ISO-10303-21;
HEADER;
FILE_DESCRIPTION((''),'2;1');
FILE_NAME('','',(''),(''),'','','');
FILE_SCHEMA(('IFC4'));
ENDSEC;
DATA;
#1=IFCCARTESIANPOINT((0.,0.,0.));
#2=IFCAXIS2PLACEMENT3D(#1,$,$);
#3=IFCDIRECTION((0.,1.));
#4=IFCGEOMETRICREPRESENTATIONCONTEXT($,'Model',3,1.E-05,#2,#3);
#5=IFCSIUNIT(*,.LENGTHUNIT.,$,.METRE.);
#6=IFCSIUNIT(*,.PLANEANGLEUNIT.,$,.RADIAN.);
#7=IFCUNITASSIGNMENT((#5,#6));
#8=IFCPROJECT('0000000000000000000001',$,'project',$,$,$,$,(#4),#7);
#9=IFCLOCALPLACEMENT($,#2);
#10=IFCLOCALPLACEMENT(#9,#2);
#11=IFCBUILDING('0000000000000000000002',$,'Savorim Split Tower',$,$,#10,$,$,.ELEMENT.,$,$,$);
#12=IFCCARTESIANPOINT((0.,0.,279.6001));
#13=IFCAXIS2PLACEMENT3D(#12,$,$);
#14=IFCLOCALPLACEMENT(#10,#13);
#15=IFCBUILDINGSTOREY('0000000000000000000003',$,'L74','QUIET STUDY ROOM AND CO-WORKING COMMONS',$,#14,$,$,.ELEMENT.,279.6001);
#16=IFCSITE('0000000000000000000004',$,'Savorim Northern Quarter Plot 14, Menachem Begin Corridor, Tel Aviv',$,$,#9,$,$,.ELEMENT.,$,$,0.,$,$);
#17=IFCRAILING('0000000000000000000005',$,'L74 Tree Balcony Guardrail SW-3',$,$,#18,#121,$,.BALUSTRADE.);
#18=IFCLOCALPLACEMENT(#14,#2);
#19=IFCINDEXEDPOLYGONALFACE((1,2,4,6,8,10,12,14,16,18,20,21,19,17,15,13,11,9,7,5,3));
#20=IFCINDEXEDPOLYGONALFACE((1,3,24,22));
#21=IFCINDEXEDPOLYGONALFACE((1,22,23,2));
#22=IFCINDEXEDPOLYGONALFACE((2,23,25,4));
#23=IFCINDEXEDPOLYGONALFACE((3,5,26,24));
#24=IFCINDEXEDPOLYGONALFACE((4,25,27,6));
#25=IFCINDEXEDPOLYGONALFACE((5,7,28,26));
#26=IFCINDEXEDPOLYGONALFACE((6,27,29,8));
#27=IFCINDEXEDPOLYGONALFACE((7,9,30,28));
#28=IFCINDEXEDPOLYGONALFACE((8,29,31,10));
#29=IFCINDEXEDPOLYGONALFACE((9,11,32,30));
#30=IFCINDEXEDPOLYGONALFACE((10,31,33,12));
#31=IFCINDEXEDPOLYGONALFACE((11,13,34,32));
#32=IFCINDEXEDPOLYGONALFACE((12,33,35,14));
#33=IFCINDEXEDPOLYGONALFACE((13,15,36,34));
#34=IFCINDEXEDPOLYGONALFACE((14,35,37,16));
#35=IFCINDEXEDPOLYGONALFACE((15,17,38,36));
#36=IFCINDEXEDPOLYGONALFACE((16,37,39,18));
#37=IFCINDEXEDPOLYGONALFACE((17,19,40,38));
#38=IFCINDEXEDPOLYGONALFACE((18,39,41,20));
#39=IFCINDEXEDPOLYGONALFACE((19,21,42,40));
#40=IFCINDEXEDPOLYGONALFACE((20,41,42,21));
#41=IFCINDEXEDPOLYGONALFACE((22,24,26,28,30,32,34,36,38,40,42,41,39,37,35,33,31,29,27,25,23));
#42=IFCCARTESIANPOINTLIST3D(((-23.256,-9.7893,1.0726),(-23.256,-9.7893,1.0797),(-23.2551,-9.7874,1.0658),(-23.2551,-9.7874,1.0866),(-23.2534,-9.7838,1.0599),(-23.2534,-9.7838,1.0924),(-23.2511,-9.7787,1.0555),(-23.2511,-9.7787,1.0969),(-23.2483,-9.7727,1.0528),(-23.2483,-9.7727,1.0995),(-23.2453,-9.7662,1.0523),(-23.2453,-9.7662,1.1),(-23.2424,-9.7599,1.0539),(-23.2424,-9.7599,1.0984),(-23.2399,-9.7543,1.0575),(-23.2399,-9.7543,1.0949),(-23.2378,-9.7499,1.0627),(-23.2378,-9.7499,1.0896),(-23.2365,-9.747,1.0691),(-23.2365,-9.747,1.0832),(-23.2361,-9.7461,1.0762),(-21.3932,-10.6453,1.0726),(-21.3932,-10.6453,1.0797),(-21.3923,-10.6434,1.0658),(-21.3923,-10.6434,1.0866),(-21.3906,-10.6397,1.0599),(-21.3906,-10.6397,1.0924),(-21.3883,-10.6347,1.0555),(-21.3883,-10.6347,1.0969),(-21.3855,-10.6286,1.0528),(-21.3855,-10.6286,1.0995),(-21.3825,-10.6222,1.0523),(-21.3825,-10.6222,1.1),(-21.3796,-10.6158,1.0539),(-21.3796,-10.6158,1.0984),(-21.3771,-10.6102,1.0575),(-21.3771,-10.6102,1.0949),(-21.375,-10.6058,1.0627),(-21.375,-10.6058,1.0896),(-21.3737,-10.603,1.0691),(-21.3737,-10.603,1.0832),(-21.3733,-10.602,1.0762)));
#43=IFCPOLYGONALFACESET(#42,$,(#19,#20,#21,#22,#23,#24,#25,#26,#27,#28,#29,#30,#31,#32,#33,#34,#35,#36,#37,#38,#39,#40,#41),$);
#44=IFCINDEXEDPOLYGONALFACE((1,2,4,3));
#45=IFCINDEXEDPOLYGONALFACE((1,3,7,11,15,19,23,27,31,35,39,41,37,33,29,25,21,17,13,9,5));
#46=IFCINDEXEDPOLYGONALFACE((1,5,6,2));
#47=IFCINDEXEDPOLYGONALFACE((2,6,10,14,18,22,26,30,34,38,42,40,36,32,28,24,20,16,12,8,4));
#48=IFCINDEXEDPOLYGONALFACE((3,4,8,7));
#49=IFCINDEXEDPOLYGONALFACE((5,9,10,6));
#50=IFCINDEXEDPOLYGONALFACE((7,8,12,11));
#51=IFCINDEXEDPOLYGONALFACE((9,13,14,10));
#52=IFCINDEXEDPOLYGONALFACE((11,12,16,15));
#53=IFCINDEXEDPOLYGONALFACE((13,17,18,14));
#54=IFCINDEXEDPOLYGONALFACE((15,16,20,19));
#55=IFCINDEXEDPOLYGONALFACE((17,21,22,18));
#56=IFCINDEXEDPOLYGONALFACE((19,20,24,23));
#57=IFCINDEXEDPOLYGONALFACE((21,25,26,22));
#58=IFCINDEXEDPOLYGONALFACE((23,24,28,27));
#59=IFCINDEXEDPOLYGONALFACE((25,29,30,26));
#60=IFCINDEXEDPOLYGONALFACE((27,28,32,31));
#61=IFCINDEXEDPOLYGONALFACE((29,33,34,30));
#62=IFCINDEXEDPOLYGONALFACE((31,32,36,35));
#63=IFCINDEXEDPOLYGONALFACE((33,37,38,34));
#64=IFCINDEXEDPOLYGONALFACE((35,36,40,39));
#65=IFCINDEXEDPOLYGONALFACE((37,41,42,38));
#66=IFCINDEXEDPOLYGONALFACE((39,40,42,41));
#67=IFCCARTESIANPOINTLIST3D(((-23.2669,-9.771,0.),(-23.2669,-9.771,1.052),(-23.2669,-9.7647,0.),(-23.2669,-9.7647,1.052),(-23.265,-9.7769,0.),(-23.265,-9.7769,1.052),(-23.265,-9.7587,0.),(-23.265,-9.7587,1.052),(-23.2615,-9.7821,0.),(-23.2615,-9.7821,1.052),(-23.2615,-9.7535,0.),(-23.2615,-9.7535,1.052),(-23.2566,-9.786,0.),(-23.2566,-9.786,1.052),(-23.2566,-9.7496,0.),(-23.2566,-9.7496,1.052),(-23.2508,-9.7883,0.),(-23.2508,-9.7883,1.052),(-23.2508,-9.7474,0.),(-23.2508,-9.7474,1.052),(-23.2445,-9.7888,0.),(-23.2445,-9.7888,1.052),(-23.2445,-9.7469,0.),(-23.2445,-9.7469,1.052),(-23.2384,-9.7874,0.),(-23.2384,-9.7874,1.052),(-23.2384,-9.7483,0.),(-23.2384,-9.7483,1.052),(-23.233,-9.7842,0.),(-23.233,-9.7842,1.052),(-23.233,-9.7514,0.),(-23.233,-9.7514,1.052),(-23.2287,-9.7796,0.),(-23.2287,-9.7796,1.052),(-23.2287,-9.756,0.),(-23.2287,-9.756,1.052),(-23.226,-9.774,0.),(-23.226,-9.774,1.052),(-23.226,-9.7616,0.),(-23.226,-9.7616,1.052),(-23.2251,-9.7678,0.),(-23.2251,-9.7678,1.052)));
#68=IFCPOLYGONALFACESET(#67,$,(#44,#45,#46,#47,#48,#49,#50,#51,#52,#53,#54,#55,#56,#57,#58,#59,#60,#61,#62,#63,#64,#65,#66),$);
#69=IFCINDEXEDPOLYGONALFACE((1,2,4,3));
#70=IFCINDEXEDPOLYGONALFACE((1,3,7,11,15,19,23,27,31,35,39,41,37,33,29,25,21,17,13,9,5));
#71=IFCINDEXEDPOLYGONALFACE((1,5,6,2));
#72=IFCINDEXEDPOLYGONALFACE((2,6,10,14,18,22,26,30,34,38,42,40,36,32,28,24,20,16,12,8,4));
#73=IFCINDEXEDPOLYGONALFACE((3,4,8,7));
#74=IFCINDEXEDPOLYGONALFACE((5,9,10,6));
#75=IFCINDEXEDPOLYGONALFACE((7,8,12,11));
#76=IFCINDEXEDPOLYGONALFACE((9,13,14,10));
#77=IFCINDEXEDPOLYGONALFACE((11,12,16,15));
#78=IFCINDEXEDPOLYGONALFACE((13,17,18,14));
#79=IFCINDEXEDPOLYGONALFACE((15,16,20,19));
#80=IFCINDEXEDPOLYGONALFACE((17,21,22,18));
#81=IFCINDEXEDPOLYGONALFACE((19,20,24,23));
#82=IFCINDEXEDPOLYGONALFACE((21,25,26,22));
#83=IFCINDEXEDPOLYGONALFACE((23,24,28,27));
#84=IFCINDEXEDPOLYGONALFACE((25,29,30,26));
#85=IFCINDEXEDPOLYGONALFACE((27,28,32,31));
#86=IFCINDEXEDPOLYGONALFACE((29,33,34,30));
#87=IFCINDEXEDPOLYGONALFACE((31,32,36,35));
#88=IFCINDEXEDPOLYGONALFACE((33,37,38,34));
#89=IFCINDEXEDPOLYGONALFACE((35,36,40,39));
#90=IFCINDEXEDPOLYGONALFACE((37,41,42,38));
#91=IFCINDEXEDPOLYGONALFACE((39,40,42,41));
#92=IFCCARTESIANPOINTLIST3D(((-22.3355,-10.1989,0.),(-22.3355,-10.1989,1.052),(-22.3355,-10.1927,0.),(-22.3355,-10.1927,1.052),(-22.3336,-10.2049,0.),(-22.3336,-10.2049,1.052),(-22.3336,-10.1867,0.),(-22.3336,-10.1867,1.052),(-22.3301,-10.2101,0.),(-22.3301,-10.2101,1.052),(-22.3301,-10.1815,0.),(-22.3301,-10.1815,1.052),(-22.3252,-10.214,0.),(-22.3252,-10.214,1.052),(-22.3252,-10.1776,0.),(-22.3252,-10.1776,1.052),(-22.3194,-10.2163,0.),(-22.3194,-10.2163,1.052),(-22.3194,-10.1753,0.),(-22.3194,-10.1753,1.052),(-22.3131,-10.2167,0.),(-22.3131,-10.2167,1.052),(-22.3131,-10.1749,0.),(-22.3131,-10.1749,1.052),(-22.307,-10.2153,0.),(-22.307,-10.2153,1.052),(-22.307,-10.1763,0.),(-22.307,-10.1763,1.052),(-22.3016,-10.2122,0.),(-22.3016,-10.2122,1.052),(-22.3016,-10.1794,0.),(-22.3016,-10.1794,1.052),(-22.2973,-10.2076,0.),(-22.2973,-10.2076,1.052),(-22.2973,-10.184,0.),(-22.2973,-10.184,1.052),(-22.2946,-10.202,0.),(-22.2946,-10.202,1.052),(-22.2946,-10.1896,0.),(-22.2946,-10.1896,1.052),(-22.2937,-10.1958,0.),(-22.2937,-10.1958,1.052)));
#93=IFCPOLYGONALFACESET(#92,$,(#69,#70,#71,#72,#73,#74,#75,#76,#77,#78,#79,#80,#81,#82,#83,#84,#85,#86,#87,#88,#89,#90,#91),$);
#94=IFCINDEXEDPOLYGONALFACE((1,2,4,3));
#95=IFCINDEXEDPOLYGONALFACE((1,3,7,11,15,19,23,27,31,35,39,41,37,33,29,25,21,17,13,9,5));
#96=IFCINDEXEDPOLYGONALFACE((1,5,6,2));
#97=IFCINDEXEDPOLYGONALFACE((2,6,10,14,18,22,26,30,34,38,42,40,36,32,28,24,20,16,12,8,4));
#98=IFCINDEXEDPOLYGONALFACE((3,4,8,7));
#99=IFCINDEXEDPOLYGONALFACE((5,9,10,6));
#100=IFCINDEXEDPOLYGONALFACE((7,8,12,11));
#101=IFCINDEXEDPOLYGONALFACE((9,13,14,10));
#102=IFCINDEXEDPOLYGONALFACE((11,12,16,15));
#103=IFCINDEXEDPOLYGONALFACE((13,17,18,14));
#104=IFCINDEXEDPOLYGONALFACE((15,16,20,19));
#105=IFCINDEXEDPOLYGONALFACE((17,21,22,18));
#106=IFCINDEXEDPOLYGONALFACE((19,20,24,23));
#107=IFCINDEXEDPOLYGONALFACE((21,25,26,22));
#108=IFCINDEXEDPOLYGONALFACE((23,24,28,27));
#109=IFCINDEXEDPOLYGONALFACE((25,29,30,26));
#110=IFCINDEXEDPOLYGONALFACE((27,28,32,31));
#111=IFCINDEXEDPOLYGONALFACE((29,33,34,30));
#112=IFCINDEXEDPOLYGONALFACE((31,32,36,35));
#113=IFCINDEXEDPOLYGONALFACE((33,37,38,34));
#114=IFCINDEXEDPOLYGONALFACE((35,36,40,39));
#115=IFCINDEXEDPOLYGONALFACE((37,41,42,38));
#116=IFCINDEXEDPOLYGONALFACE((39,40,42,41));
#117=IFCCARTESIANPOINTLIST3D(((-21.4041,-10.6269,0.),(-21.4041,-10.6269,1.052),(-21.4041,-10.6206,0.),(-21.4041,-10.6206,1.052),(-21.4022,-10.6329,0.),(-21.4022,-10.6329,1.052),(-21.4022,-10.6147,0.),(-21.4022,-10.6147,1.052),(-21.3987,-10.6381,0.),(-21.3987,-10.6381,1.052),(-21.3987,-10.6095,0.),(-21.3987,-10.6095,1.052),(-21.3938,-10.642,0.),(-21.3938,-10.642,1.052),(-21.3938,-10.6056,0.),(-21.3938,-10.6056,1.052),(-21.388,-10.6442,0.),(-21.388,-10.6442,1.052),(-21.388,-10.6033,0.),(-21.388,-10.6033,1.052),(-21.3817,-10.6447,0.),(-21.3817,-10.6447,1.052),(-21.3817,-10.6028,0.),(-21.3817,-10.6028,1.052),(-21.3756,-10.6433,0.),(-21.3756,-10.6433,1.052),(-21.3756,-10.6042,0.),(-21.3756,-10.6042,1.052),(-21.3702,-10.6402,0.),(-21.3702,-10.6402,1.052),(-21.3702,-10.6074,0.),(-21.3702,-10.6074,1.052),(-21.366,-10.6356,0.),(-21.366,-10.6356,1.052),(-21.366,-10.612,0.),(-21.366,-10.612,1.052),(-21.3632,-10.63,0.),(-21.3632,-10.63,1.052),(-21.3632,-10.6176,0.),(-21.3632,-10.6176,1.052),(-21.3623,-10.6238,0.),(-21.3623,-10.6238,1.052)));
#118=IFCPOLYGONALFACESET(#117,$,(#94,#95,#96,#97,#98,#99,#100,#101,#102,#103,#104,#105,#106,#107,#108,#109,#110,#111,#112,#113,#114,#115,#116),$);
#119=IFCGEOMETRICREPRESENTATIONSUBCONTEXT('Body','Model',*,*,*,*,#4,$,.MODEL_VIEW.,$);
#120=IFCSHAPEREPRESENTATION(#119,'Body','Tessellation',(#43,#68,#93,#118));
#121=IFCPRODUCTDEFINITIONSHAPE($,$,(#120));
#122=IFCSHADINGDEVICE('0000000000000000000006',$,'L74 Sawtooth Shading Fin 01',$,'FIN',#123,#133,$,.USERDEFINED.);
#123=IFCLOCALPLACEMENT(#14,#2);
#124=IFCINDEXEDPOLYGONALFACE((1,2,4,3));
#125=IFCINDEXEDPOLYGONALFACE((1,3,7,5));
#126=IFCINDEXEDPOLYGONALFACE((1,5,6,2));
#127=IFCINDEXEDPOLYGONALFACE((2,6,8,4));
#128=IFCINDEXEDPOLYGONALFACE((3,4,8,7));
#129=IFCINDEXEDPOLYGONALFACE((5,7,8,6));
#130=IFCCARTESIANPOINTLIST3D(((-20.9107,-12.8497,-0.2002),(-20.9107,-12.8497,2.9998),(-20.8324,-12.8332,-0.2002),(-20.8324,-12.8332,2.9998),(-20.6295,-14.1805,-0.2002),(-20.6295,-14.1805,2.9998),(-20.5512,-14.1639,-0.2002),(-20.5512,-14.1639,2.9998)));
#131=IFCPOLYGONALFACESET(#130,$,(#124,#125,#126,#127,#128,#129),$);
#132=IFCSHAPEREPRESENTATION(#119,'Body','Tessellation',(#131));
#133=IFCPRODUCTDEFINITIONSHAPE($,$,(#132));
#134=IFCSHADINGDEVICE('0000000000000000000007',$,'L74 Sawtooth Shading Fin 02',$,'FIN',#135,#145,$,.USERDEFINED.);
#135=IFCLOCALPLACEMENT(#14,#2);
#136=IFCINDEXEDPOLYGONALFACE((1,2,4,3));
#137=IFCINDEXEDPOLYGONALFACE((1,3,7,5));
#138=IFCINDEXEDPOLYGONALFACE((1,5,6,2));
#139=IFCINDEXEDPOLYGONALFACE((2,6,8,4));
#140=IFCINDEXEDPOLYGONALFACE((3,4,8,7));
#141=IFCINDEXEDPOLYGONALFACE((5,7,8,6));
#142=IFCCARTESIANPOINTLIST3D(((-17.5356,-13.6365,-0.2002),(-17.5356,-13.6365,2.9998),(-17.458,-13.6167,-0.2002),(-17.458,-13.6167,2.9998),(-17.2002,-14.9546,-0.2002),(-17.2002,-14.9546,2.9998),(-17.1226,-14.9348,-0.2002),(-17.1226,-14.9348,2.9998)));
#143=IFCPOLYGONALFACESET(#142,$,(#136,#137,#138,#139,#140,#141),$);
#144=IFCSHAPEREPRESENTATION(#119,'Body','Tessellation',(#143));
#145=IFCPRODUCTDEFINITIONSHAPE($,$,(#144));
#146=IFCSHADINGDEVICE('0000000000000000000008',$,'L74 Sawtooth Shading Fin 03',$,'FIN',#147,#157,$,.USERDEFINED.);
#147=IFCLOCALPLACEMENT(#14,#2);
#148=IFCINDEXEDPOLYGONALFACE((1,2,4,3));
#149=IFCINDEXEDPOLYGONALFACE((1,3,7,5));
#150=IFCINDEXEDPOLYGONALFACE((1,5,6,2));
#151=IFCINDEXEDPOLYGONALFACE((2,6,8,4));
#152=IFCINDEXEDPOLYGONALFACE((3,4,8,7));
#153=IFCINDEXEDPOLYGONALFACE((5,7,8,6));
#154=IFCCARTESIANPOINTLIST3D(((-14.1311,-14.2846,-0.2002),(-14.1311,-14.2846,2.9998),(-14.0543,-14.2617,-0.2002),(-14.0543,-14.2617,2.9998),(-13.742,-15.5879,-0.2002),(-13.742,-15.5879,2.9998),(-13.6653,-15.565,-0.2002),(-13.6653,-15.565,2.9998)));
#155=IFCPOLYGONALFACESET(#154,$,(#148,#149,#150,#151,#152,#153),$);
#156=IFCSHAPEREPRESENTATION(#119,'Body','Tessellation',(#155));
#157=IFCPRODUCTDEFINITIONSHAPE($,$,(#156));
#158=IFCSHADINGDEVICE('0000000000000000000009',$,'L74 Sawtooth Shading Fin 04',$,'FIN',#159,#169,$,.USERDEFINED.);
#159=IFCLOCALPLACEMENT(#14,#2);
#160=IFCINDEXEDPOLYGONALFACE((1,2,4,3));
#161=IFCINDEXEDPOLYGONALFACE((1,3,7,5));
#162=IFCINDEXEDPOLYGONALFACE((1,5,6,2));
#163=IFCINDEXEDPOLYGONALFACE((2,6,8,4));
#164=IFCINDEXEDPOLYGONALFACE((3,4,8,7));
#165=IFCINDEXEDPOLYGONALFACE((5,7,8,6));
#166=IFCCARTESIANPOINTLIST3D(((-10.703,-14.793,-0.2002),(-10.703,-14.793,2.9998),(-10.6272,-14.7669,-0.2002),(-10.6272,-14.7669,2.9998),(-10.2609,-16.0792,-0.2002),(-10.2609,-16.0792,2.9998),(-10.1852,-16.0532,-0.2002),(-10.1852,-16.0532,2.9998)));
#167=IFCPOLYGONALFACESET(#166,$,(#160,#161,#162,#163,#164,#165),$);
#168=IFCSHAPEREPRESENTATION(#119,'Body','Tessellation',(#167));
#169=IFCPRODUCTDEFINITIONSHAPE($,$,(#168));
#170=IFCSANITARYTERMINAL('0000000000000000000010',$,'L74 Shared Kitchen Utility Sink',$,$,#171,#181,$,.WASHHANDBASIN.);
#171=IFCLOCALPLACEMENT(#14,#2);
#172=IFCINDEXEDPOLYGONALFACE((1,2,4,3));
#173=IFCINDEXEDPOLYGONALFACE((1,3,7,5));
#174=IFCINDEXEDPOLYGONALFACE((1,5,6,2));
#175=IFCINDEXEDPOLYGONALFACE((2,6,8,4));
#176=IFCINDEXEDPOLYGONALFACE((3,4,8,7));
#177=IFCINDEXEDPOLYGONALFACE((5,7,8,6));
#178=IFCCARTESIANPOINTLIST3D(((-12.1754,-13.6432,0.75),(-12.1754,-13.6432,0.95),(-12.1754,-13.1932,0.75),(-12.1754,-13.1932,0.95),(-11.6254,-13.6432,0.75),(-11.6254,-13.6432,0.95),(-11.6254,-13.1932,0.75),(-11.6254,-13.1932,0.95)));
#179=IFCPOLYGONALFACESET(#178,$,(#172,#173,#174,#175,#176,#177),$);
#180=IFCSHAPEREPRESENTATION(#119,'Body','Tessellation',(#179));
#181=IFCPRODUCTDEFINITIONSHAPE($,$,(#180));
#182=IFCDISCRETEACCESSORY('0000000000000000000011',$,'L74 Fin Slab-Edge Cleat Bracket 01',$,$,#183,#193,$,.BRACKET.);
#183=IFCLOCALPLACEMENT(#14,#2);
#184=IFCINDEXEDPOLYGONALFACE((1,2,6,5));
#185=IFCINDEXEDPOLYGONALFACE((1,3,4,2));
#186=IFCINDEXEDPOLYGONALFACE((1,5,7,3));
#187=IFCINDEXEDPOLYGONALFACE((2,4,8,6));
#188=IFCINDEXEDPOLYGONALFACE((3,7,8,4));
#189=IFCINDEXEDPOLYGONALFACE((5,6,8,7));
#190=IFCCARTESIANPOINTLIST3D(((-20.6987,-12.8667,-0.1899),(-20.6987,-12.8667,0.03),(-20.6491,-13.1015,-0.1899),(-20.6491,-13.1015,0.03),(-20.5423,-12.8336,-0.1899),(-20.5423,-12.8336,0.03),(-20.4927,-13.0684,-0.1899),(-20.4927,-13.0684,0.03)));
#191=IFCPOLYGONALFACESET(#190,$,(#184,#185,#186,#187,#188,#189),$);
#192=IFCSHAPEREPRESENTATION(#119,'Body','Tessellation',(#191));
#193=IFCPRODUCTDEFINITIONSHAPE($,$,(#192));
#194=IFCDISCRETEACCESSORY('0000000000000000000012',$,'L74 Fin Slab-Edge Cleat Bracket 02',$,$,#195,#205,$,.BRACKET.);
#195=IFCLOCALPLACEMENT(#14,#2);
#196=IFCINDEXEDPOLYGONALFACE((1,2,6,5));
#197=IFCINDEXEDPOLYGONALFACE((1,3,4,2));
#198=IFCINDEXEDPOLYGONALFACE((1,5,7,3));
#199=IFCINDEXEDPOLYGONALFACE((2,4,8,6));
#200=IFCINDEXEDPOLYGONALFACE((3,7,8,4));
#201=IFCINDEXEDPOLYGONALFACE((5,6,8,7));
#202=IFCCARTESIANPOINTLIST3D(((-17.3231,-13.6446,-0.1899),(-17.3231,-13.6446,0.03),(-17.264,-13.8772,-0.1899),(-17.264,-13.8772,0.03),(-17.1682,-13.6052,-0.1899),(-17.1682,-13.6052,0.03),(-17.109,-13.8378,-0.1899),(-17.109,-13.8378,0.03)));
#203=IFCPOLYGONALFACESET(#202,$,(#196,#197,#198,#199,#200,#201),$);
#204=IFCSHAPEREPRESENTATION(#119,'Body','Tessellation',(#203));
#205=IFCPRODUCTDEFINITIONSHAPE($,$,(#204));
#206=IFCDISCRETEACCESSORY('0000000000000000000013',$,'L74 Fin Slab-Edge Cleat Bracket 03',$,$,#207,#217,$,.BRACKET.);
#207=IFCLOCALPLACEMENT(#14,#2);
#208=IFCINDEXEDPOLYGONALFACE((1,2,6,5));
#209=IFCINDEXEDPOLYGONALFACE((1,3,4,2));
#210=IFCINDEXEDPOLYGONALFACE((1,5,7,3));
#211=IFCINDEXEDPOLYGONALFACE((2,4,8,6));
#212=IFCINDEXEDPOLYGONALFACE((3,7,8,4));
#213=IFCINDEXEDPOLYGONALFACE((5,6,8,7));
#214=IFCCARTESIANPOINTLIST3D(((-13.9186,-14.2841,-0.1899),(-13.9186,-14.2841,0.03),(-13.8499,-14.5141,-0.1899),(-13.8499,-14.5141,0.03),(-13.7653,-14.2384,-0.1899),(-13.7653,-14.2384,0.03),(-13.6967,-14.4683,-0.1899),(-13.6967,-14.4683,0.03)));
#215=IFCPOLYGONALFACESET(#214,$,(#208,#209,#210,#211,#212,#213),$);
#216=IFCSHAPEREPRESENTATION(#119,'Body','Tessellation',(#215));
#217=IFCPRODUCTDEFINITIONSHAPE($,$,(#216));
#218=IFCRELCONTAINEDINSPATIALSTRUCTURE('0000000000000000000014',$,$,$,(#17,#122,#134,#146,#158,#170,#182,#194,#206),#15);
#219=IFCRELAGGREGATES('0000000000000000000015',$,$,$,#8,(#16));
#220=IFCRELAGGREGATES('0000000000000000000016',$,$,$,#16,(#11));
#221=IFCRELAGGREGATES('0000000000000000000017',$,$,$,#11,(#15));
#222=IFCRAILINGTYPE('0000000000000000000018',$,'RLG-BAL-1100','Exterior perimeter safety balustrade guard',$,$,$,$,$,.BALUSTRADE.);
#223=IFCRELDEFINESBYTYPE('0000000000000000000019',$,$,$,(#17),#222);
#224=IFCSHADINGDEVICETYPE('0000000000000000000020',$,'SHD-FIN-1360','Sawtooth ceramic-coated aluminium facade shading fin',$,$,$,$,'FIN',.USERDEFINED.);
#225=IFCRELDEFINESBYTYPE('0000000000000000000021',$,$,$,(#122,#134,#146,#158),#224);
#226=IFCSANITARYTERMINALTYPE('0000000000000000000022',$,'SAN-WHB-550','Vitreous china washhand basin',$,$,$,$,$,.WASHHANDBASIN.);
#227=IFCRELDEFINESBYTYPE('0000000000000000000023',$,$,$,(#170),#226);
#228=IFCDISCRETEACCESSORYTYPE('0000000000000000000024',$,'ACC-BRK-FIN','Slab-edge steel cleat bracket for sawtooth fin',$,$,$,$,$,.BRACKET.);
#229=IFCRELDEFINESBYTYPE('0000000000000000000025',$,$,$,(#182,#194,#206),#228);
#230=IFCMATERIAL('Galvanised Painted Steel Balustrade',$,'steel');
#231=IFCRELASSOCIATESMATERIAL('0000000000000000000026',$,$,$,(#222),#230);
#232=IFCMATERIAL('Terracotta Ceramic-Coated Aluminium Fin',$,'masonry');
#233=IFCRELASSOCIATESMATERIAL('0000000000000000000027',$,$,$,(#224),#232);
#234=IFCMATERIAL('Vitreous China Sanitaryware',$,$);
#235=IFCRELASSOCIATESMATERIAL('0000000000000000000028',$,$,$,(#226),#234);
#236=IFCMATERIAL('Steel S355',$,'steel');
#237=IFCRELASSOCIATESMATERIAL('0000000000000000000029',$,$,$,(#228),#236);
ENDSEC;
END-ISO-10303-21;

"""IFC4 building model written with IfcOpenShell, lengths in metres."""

from ifc_helpers import new_model, si_unit, direction, frame, origin, origin_2d, place, context, subcontext, project, spatial, rectangle, circle, extrude, material, type_object, element, save


model = new_model("IFC4")

# Units and contexts
model_context = context("Model", 3, precision=1e-05, world=origin(), true_north=direction((0.0, 1.0)))
body_context = subcontext(model_context, "Body", "Model", "MODEL_VIEW")
ifc_project = project(units=[si_unit("LENGTHUNIT", "METRE"), si_unit("PLANEANGLEUNIT", "RADIAN")], contexts=[model_context])

# Site, building, storey
site_placement = place(None, origin())
site = spatial("IfcSite", under=ifc_project, at=site_placement, Name="Savorim Northern Quarter Plot 14, Menachem Begin Corridor, Tel Aviv", CompositionType="ELEMENT", RefElevation=0.0)
building_placement = place(site_placement, origin())
building = spatial("IfcBuilding", under=site, at=building_placement, Name="Savorim Split Tower", CompositionType="ELEMENT")
storey_placement = place(building_placement, frame((0.0, 0.0, 279.6001)))
storey = spatial("IfcBuildingStorey", under=building, at=storey_placement, Name="L74", Description="QUIET STUDY ROOM AND CO-WORKING COMMONS", CompositionType="ELEMENT", Elevation=279.6001)

# Shared definitions
ifc_material_1 = material(Name="Steel S355", Category="steel")

# Railing
ifc_material_2 = material(Name="Galvanised Painted Steel Balustrade", Category="steel")
railing_type = type_object("IfcRailingType", Name="RLG-BAL-1100", Description="Exterior perimeter safety balustrade guard", PredefinedType="BALUSTRADE", material=ifc_material_2)
railing_1_placement = place(storey_placement, frame((-23.2461, -9.7678, 0.0)))
element("IfcRailing", 1, at=railing_1_placement, inside=storey, type_object=railing_type, Name="L74 Tree Balcony Guardrail SW-3", PredefinedType="BALUSTRADE", context=body_context, shape_type="SweptSolid", body=[
    extrude(circle(Radius=0.0239, at=origin_2d()), frame((0.0, 0.0, 1.0762), z_axis=(0.908662, -0.417532, 0.0), x_axis=(0.417532, 0.908662, 0.0)), (0.0, 0.0, 1.0), 2.05),
    extrude(circle(Radius=0.021, at=origin_2d()), origin(), (0.0, 0.0, 1.0), 1.052),
    extrude(circle(Radius=0.021, at=origin_2d()), frame((0.9314, -0.428, 0.0)), (0.0, 0.0, 1.0), 1.052),
    extrude(circle(Radius=0.021, at=origin_2d()), frame((1.8628, -0.856, 0.0)), (0.0, 0.0, 1.0), 1.052),
])

# Shading devices
ifc_material_3 = material(Name="Terracotta Ceramic-Coated Aluminium Fin", Category="masonry")
shading_device_type = type_object("IfcShadingDeviceType", Name="SHD-FIN-1360", Description="Sawtooth ceramic-coated aluminium facade shading fin", ElementType="FIN", PredefinedType="USERDEFINED", material=ifc_material_3)
for number, where, z_axis, x_axis, name in (
    (2, (-20.731, -13.5068, -0.2002), (0.0, 0.0, 1.0), (0.206722, -0.9784, 0.0), "L74 Sawtooth Shading Fin 01"),
    (3, (-17.3291, -14.2856, -0.2002), (0.0, 0.0, 1.0), (0.246581, -0.969122, 0.0), "L74 Sawtooth Shading Fin 02"),
    (4, (-13.8982, -14.9248, -0.2002), (0.0, 0.0, 1.0), (0.286026, -0.958222, 0.0), "L74 Sawtooth Shading Fin 03"),
    (5, (-10.4441, -15.4231, -0.2002), (0.0, 0.0, 1.0), (0.324994, -0.945716, 0.0), "L74 Sawtooth Shading Fin 04"),
):
    element("IfcShadingDevice", number, at=place(storey_placement, frame(where, z_axis=z_axis, x_axis=x_axis)), inside=storey, type_object=shading_device_type, Name=name, ObjectType="FIN", PredefinedType="USERDEFINED", context=body_context, shape_type="SweptSolid", body=[
        extrude(rectangle(XDim=1.3601, YDim=0.0801, at=origin_2d()), origin(), (0.0, 0.0, 1.0), 3.2),
    ])

# Sanitary terminal
ifc_material_4 = material(Name="Vitreous China Sanitaryware")
sanitary_terminal_type = type_object("IfcSanitaryTerminalType", Name="SAN-WHB-550", Description="Vitreous china washhand basin", PredefinedType="WASHHANDBASIN", material=ifc_material_4)
sanitary_terminal_placement = place(storey_placement, frame((-11.9004, -13.4182, 0.75), z_axis=(0.0, 0.0, 1.0), x_axis=(1.0, 0.0, 0.0)))
element("IfcSanitaryTerminal", 6, at=sanitary_terminal_placement, inside=storey, type_object=sanitary_terminal_type, Name="L74 Shared Kitchen Utility Sink", PredefinedType="WASHHANDBASIN", context=body_context, shape_type="SweptSolid", body=[
    extrude(rectangle(XDim=0.55, YDim=0.45, at=origin_2d()), origin(), (0.0, 0.0, 1.0), 0.2),
])

# Discrete accessories
discrete_accessory_type_1 = type_object("IfcDiscreteAccessoryType", Name="ACC-BRK-FIN", Description="Slab-edge steel cleat bracket for sawtooth fin", PredefinedType="BRACKET", material=ifc_material_1)
for number, where, z_axis, x_axis, name in (
    (7, (-20.5957, -12.9675, -0.1899), (0.0, 0.0, 1.0), (0.206722, -0.9784, 0.0), "L74 Fin Slab-Edge Cleat Bracket 01"),
    (8, (-17.2161, -13.7412, -0.1899), (0.0, 0.0, 1.0), (0.246581, -0.969122, 0.0), "L74 Fin Slab-Edge Cleat Bracket 02"),
    (9, (-13.8076, -14.3762, -0.1899), (0.0, 0.0, 1.0), (0.286026, -0.958222, 0.0), "L74 Fin Slab-Edge Cleat Bracket 03"),
):
    element("IfcDiscreteAccessory", number, at=place(storey_placement, frame(where, z_axis=z_axis, x_axis=x_axis)), inside=storey, type_object=discrete_accessory_type_1, Name=name, PredefinedType="BRACKET", context=body_context, shape_type="SweptSolid", body=[
        extrude(rectangle(XDim=0.24, YDim=0.1599, at=origin_2d()), origin(), (0.0, 0.0, 1.0), 0.22),
    ])

save(model, "model.ifc")
